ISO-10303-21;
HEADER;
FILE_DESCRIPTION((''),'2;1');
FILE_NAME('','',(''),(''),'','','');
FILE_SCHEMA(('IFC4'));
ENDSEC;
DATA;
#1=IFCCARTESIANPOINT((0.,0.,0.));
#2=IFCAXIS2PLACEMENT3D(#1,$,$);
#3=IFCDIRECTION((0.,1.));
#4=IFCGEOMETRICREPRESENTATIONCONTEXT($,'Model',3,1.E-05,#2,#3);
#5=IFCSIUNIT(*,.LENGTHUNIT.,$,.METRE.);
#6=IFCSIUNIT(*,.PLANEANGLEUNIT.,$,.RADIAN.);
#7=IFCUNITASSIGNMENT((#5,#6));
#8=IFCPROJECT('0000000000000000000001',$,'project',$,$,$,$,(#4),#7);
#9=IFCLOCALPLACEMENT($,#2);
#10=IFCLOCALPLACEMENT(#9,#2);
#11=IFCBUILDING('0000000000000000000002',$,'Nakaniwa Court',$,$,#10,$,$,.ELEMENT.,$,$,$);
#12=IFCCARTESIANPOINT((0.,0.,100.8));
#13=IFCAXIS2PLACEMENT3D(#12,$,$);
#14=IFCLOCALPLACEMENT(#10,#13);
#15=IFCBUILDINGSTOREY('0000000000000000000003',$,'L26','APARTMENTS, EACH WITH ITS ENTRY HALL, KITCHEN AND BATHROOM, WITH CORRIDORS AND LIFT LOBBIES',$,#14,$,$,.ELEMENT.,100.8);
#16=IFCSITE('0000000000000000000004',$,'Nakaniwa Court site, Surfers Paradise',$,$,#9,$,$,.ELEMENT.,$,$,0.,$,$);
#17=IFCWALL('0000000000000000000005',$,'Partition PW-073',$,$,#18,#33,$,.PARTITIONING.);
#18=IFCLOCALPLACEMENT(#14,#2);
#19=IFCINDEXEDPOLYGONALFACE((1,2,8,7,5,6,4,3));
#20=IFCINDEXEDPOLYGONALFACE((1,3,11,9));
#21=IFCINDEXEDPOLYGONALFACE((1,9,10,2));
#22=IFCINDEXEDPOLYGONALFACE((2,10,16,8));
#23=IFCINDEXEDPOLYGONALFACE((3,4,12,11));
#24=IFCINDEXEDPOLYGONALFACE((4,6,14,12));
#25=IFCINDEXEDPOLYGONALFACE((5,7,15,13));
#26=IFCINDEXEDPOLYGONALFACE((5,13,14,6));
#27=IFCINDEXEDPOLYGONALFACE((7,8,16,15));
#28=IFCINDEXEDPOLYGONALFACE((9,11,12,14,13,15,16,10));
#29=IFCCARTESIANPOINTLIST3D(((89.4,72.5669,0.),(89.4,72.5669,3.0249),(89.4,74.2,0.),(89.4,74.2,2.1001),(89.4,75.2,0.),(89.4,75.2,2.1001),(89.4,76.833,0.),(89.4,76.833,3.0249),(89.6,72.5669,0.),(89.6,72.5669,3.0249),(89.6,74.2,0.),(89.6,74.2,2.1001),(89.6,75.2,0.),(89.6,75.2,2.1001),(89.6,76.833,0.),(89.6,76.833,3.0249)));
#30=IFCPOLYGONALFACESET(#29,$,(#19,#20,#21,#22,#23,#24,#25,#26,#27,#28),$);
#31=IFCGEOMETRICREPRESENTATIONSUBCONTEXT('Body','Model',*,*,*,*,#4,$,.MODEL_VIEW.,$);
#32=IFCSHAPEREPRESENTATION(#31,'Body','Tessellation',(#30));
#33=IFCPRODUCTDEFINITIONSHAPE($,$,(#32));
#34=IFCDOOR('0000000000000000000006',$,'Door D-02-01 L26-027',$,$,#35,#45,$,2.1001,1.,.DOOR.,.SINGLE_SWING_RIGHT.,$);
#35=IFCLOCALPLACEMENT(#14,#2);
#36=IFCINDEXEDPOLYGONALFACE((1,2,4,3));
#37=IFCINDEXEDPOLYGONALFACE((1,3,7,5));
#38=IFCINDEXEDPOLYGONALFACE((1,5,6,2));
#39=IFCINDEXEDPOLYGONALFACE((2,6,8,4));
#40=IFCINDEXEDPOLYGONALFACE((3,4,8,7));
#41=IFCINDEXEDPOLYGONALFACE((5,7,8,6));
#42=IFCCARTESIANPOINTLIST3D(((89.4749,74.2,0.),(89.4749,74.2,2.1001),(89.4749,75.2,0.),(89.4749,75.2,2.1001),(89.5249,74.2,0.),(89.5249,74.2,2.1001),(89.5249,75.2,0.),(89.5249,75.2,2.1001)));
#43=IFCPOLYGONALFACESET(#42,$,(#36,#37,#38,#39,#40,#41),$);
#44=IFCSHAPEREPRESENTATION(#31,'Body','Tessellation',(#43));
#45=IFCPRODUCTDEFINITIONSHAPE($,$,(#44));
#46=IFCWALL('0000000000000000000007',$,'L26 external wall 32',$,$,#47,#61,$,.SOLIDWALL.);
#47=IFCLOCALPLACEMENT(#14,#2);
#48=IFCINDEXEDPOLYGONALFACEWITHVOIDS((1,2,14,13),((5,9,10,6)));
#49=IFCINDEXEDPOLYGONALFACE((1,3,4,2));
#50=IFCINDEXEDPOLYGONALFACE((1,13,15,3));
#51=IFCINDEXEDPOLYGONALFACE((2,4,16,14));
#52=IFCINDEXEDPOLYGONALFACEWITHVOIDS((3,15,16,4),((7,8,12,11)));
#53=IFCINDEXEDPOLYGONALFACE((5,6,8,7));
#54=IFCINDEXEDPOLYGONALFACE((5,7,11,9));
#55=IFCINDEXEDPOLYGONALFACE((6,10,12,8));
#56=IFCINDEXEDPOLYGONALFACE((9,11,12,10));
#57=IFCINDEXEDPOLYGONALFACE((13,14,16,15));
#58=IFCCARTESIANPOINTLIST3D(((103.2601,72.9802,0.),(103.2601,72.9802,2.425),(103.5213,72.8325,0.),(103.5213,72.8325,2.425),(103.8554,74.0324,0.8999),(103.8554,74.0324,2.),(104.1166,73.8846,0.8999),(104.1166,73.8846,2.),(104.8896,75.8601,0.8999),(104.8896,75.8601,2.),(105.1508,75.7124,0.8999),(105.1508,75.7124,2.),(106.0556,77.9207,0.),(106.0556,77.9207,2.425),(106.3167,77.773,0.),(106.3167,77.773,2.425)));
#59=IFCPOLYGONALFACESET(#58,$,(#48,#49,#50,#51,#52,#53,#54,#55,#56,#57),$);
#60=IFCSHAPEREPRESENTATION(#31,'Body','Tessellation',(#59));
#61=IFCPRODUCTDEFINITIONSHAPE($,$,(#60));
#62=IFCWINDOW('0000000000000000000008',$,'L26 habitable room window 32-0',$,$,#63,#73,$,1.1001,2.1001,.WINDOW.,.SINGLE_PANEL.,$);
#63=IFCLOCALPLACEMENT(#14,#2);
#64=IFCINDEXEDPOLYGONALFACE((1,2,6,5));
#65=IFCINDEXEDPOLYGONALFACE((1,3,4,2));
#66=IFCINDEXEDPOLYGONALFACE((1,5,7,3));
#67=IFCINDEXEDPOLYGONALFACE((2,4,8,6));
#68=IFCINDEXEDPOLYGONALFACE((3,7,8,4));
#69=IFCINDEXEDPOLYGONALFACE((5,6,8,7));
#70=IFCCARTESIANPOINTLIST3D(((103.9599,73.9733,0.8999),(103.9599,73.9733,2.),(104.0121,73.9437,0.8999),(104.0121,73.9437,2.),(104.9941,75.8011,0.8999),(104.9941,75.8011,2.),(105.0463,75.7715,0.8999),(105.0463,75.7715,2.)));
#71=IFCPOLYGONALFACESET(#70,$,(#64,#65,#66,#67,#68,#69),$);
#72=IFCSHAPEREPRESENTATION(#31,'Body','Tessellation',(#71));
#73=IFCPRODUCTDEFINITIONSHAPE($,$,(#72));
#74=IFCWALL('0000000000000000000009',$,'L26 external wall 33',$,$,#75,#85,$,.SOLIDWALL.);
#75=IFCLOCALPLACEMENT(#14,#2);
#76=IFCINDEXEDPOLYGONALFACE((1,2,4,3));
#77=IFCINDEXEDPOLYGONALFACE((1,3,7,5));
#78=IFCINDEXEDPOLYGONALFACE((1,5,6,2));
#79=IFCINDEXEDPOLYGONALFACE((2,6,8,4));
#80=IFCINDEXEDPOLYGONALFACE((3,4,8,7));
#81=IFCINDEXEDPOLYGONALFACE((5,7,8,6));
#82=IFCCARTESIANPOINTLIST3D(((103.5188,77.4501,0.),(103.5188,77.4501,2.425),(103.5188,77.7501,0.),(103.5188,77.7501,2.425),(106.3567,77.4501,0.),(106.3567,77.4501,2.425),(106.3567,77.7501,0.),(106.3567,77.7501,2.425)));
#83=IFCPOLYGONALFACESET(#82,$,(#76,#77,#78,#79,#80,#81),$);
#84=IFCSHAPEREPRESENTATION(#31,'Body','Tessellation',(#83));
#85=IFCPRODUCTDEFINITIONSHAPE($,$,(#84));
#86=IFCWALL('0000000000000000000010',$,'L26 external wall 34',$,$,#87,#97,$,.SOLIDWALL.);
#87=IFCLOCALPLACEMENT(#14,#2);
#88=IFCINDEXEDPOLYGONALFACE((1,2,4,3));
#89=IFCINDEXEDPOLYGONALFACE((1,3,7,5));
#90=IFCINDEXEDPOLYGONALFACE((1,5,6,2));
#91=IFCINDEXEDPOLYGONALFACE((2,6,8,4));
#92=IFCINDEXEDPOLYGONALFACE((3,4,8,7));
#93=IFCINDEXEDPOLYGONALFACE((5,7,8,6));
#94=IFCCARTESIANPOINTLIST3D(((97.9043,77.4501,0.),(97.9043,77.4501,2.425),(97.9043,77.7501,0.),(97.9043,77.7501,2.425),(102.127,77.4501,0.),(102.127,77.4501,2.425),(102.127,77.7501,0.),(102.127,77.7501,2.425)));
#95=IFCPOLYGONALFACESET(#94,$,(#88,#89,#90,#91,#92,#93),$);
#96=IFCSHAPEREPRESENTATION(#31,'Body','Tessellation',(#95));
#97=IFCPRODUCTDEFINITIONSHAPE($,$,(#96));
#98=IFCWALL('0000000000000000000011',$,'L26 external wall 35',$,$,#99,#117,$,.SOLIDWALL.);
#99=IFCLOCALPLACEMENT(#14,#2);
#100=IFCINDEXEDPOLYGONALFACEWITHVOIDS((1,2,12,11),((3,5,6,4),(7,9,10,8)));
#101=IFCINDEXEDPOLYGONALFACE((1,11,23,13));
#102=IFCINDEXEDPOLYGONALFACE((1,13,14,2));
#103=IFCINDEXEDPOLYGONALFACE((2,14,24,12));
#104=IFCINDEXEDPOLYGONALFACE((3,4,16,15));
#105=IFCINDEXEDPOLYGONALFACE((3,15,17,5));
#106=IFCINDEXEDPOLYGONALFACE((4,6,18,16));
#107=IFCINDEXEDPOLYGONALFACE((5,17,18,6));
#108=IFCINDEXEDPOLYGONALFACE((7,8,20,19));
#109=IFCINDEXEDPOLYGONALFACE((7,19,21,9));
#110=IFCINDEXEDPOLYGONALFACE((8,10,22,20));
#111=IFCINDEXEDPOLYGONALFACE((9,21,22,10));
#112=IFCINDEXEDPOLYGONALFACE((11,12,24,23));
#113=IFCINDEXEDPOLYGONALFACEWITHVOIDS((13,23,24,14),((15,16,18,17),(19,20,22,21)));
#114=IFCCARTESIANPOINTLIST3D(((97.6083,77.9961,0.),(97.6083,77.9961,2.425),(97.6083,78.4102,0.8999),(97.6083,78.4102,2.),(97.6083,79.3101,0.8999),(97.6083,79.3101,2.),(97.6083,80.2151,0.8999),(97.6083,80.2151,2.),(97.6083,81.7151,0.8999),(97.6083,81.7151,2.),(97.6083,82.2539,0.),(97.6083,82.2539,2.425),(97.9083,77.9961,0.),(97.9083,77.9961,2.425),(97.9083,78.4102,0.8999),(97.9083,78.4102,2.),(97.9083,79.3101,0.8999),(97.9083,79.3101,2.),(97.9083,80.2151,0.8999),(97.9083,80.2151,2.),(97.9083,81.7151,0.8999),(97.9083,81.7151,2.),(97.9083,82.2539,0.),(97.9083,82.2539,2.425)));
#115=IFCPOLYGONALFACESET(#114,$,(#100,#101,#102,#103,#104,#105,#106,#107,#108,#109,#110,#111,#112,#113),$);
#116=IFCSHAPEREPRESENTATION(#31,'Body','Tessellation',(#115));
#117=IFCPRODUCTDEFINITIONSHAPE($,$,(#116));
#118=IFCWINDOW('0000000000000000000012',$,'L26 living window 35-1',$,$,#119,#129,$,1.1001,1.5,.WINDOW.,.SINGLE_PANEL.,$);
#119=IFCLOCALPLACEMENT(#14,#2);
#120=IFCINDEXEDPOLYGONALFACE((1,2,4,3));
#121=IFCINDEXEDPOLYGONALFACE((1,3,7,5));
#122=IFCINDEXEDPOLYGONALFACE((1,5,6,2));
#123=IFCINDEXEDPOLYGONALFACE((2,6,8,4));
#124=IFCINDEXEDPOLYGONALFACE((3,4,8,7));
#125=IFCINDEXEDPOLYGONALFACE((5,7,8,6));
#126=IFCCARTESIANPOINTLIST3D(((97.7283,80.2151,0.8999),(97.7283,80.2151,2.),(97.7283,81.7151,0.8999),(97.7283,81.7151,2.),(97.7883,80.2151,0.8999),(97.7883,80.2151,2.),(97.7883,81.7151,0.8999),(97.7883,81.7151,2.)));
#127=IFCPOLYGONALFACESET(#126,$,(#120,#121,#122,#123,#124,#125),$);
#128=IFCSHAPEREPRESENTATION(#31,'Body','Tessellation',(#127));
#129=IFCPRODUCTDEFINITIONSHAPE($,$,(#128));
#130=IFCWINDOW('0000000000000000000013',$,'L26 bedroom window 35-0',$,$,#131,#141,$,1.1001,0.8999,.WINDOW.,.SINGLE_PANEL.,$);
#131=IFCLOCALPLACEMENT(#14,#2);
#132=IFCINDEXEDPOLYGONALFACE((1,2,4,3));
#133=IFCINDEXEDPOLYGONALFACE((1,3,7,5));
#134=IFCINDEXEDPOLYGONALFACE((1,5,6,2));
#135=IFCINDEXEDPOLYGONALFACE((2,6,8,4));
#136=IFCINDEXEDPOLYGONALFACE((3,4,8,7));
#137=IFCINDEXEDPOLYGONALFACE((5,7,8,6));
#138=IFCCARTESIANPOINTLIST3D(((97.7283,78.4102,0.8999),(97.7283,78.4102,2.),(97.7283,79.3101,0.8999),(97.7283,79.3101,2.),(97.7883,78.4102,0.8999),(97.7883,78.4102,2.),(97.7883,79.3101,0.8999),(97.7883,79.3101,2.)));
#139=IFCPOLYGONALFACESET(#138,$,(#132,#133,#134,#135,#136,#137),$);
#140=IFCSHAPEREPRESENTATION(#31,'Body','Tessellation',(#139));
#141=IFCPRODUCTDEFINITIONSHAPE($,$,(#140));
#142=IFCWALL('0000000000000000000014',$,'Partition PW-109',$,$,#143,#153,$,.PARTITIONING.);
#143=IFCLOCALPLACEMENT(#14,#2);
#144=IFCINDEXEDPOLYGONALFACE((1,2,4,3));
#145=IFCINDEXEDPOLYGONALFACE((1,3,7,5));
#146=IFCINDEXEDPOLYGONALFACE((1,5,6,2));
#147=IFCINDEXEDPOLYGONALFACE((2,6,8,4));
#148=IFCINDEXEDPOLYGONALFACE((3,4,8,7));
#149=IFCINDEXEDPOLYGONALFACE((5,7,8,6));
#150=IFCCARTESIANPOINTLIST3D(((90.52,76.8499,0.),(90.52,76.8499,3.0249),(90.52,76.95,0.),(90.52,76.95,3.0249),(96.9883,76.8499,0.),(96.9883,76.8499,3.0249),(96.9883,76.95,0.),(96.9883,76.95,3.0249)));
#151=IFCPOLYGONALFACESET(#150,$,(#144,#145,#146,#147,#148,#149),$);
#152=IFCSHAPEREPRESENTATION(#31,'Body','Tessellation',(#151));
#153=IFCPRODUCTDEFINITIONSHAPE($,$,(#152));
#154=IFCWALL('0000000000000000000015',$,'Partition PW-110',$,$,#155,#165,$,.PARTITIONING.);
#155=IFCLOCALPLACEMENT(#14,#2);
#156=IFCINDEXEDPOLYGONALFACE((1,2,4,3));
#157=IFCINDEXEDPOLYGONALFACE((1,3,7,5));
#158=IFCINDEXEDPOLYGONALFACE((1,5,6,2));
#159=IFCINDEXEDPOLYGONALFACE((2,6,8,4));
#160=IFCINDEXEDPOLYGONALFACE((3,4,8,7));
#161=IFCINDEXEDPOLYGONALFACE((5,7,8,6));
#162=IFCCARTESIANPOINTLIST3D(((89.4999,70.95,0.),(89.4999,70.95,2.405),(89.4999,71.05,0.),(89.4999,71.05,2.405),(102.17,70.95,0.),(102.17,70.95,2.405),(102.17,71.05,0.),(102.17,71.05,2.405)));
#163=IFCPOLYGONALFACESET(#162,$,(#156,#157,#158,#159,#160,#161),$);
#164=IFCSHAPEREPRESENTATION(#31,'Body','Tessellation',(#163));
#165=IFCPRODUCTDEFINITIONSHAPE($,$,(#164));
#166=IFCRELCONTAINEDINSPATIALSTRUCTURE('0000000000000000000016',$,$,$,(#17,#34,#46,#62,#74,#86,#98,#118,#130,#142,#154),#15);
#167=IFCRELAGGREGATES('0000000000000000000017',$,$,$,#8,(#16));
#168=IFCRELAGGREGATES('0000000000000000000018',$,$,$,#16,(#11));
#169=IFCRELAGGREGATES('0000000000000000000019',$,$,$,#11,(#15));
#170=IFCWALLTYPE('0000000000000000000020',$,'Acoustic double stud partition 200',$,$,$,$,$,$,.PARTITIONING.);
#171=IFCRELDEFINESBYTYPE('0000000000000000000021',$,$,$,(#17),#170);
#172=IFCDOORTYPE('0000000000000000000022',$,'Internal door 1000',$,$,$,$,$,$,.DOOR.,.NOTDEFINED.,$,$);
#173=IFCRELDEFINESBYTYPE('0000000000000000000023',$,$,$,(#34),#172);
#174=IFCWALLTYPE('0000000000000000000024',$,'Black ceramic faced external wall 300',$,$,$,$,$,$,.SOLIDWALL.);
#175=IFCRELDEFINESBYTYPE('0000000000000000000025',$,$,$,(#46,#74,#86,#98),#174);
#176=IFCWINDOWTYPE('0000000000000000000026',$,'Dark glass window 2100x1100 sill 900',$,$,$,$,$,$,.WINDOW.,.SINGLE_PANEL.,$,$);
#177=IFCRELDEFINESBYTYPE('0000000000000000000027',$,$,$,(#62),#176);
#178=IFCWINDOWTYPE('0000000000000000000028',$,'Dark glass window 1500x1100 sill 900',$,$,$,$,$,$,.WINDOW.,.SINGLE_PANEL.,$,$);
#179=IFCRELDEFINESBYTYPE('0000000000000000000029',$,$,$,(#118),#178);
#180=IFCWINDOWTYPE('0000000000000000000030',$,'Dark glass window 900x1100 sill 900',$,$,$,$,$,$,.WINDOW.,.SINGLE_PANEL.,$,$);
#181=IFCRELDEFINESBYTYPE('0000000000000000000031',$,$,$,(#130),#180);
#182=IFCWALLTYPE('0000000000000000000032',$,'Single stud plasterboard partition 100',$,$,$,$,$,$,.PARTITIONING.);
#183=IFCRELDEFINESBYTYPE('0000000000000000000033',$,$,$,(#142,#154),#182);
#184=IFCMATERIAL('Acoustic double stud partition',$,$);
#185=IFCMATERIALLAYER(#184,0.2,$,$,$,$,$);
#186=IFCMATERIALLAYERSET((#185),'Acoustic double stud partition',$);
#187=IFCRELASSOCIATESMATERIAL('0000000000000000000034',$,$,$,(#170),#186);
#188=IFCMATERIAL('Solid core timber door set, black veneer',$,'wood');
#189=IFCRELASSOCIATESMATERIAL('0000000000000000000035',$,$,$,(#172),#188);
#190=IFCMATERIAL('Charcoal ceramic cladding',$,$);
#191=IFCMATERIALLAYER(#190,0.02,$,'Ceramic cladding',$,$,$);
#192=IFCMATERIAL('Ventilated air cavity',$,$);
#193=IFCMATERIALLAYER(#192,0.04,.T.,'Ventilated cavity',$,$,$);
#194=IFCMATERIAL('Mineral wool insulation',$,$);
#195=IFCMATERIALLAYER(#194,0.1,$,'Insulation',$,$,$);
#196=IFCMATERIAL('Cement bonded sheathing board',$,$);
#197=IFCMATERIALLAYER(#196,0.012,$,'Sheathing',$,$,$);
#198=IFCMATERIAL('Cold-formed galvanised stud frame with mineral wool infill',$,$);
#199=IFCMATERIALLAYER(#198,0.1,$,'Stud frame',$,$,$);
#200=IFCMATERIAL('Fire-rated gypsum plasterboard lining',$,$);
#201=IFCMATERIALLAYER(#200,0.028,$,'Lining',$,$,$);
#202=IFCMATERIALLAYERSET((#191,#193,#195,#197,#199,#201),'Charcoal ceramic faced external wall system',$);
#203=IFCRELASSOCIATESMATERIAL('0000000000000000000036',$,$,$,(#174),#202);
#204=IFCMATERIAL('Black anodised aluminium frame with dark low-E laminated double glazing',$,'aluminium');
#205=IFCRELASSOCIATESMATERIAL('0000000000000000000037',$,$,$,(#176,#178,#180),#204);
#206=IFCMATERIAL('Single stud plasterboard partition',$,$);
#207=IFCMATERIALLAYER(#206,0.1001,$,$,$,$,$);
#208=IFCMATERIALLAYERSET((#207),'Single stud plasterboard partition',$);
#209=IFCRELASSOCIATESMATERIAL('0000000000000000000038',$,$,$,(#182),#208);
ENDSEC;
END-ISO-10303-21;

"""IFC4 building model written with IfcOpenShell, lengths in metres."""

from ifc_helpers import new_model, si_unit, direction, frame, frame_2d, origin, place, context, subcontext, project, spatial, rectangle, extrude, material, layer, layer_set, type_object, element, fill, save


model = new_model("IFC4")

# Units and contexts
model_context = context("Model", 3, precision=1e-05, world=origin(), true_north=direction((0.0, 1.0)))
body_context = subcontext(model_context, "Body", "Model", "MODEL_VIEW")
ifc_project = project(units=[si_unit("LENGTHUNIT", "METRE"), si_unit("PLANEANGLEUNIT", "RADIAN")], contexts=[model_context])

# Site, building, storey
site_placement = place(None, origin())
site = spatial("IfcSite", under=ifc_project, at=site_placement, Name="Nakaniwa Court site, Surfers Paradise", CompositionType="ELEMENT", RefElevation=0.0)
building_placement = place(site_placement, origin())
building = spatial("IfcBuilding", under=site, at=building_placement, Name="Nakaniwa Court", CompositionType="ELEMENT")
storey_placement = place(building_placement, frame((0.0, 0.0, 100.8)))
storey = spatial("IfcBuildingStorey", under=building, at=storey_placement, Name="L26", Description="APARTMENTS, EACH WITH ITS ENTRY HALL, KITCHEN AND BATHROOM, WITH CORRIDORS AND LIFT LOBBIES", CompositionType="ELEMENT", Elevation=100.8)

# Wall, opening, door
ifc_material_1 = material(Name="Acoustic double stud partition")
ifc_layer_1 = layer(ifc_material_1, 0.2)
ifc_layer_set_1 = layer_set([ifc_layer_1], Name="Acoustic double stud partition")
wall_type_1 = type_object("IfcWallType", Name="Acoustic double stud partition 200", PredefinedType="PARTITIONING", material=ifc_layer_set_1)
ifc_material_2 = material(Name="Solid core timber door set, black veneer", Category="wood")
door_type_1 = type_object("IfcDoorType", Name="Internal door 1000", OperationType="NOTDEFINED", PredefinedType="DOOR", material=ifc_material_2)
wall_1_placement = place(storey_placement, frame((89.5, 76.833, 0.0), z_axis=(0.0, 0.0, 1.0), x_axis=(0.0, -1.0, 0.0)))
wall_1 = element("IfcWall", 1, at=wall_1_placement, inside=storey, type_object=wall_type_1, Name="Partition PW-073", PredefinedType="PARTITIONING", context=body_context, shape_type="SweptSolid", body=[
    extrude(rectangle(XDim=4.2661, YDim=0.2, at=frame_2d((2.1331, 0.0))), origin(), (0.0, 0.0, 1.0), 3.0249),
])
opening_1_placement = place(wall_1_placement, frame((1.6331, 0.0, 0.0)))
opening_1 = element("IfcOpeningElement", 2, at=opening_1_placement, cuts=wall_1, PredefinedType="OPENING", context=body_context, shape_type="SweptSolid", body=[
    extrude(rectangle(XDim=1.0, YDim=2.1001, at=frame_2d((0.5, 1.05))), frame((0.0, 0.1099, 0.0), z_axis=(0.0, -1.0, 0.0), x_axis=(1.0, 0.0, 0.0)), (0.0, 0.0, 1.0), 0.22),
])
door_1_placement = place(opening_1_placement, origin())
door_1 = element("IfcDoor", 3, at=door_1_placement, inside=storey, type_object=door_type_1, Name="Door D-02-01 L26-027", OperationType="SINGLE_SWING_RIGHT", OverallHeight=2.1001, OverallWidth=1.0, PredefinedType="DOOR", context=body_context, shape_type="SweptSolid", body=[
    extrude(rectangle(XDim=1.0, YDim=2.1001, at=frame_2d((0.5, 1.05))), frame((0.0, 0.0249, 0.0), z_axis=(0.0, -1.0, 0.0), x_axis=(1.0, 0.0, 0.0)), (0.0, 0.0, 1.0), 0.05),
])
fill(opening_1, door_1)

# Wall, opening, window
ifc_material_3 = material(Name="Charcoal ceramic cladding")
ifc_layer_2 = layer(ifc_material_3, 0.02, Name="Ceramic cladding")
ifc_material_4 = material(Name="Ventilated air cavity")
ifc_layer_3 = layer(ifc_material_4, 0.04, ventilated=True, Name="Ventilated cavity")
ifc_material_5 = material(Name="Mineral wool insulation")
ifc_layer_4 = layer(ifc_material_5, 0.1, Name="Insulation")
ifc_material_6 = material(Name="Cement bonded sheathing board")
ifc_layer_5 = layer(ifc_material_6, 0.012, Name="Sheathing")
ifc_material_7 = material(Name="Cold-formed galvanised stud frame with mineral wool infill")
ifc_layer_6 = layer(ifc_material_7, 0.1, Name="Stud frame")
ifc_material_8 = material(Name="Fire-rated gypsum plasterboard lining")
ifc_layer_7 = layer(ifc_material_8, 0.028, Name="Lining")
ifc_layer_set_2 = layer_set([ifc_layer_2, ifc_layer_3, ifc_layer_4, ifc_layer_5, ifc_layer_6, ifc_layer_7], Name="Charcoal ceramic faced external wall system")
wall_type_2 = type_object("IfcWallType", Name="Black ceramic faced external wall 300", PredefinedType="SOLIDWALL", material=ifc_layer_set_2)
wall_2_placement = place(storey_placement, frame((103.3906, 72.9062, 0.0), z_axis=(0.0, 0.0, 1.0), x_axis=(0.492457, 0.870337, 0.0)))
wall_2 = element("IfcWall", 4, at=wall_2_placement, inside=storey, type_object=wall_type_2, Name="L26 external wall 32", PredefinedType="SOLIDWALL", context=body_context, shape_type="SweptSolid", body=[
    extrude(rectangle(XDim=5.6765, YDim=0.3, at=frame_2d((2.8384, 0.0))), origin(), (0.0, 0.0, 1.0), 2.425),
])
opening_2_placement = place(wall_2_placement, frame((1.209, 0.0, 0.8999)))
opening_2 = element("IfcOpeningElement", 5, at=opening_2_placement, cuts=wall_2, PredefinedType="OPENING", context=body_context, shape_type="SweptSolid", body=[
    extrude(rectangle(XDim=2.1001, YDim=1.1001, at=frame_2d((1.05, 0.55))), frame((0.0, 0.1599, 0.0), z_axis=(0.0, -1.0, 0.0), x_axis=(1.0, 0.0, 0.0)), (0.0, 0.0, 1.0), 0.3201),
])
ifc_material_9 = material(Name="Black anodised aluminium frame with dark low-E laminated double glazing", Category="aluminium")
window_type_1 = type_object("IfcWindowType", Name="Dark glass window 2100x1100 sill 900", PartitioningType="SINGLE_PANEL", PredefinedType="WINDOW", material=ifc_material_9)
window_1_placement = place(opening_2_placement, origin())
window_1 = element("IfcWindow", 6, at=window_1_placement, inside=storey, type_object=window_type_1, Name="L26 habitable room window 32-0", OverallHeight=1.1001, OverallWidth=2.1001, PartitioningType="SINGLE_PANEL", PredefinedType="WINDOW", context=body_context, shape_type="SweptSolid", body=[
    extrude(rectangle(XDim=2.1001, YDim=1.1001, at=frame_2d((1.05, 0.55))), frame((0.0, 0.03, 0.0), z_axis=(0.0, -1.0, 0.0), x_axis=(1.0, 0.0, 0.0)), (0.0, 0.0, 1.0), 0.0601),
])
fill(opening_2, window_1)

# Walls
wall_3_placement = place(storey_placement, frame((106.3567, 77.6001, 0.0), z_axis=(0.0, 0.0, 1.0), x_axis=(-1.0, 0.0, 0.0)))
element("IfcWall", 7, at=wall_3_placement, inside=storey, type_object=wall_type_2, Name="L26 external wall 33", PredefinedType="SOLIDWALL", context=body_context, shape_type="SweptSolid", body=[
    extrude(rectangle(XDim=2.8379, YDim=0.3, at=frame_2d((1.4189, 0.0))), origin(), (0.0, 0.0, 1.0), 2.425),
])
wall_4_placement = place(storey_placement, frame((102.127, 77.6001, 0.0), z_axis=(0.0, 0.0, 1.0), x_axis=(-1.0, 0.0, 0.0)))
element("IfcWall", 8, at=wall_4_placement, inside=storey, type_object=wall_type_2, Name="L26 external wall 34", PredefinedType="SOLIDWALL", context=body_context, shape_type="SweptSolid", body=[
    extrude(rectangle(XDim=4.2227, YDim=0.3, at=frame_2d((2.1113, 0.0))), origin(), (0.0, 0.0, 1.0), 2.425),
])

# Wall, openings, windows
wall_5_placement = place(storey_placement, frame((97.7583, 77.9961, 0.0), z_axis=(0.0, 0.0, 1.0), x_axis=(0.0, 1.0, 0.0)))
wall_5 = element("IfcWall", 9, at=wall_5_placement, inside=storey, type_object=wall_type_2, Name="L26 external wall 35", PredefinedType="SOLIDWALL", context=body_context, shape_type="SweptSolid", body=[
    extrude(rectangle(XDim=4.2578, YDim=0.3, at=frame_2d((2.1289, 0.0))), origin(), (0.0, 0.0, 1.0), 2.425),
])
opening_3_placement = place(wall_5_placement, frame((0.4141, 0.0, 0.8999)))
opening_3 = element("IfcOpeningElement", 10, at=opening_3_placement, cuts=wall_5, PredefinedType="OPENING", context=body_context, shape_type="SweptSolid", body=[
    extrude(rectangle(XDim=0.8999, YDim=1.1001, at=frame_2d((0.45, 0.55))), frame((0.0, 0.1599, 0.0), z_axis=(0.0, -1.0, 0.0), x_axis=(1.0, 0.0, 0.0)), (0.0, 0.0, 1.0), 0.3201),
])
opening_4_placement = place(wall_5_placement, frame((2.219, 0.0, 0.8999)))
opening_4 = element("IfcOpeningElement", 11, at=opening_4_placement, cuts=wall_5, PredefinedType="OPENING", context=body_context, shape_type="SweptSolid", body=[
    extrude(rectangle(XDim=1.5, YDim=1.1001, at=frame_2d((0.75, 0.55))), frame((0.0, 0.1599, 0.0), z_axis=(0.0, -1.0, 0.0), x_axis=(1.0, 0.0, 0.0)), (0.0, 0.0, 1.0), 0.3201),
])
window_type_2 = type_object("IfcWindowType", Name="Dark glass window 1500x1100 sill 900", PartitioningType="SINGLE_PANEL", PredefinedType="WINDOW", material=ifc_material_9)
window_2_placement = place(opening_4_placement, origin())
window_2 = element("IfcWindow", 12, at=window_2_placement, inside=storey, type_object=window_type_2, Name="L26 living window 35-1", OverallHeight=1.1001, OverallWidth=1.5, PartitioningType="SINGLE_PANEL", PredefinedType="WINDOW", context=body_context, shape_type="SweptSolid", body=[
    extrude(rectangle(XDim=1.5, YDim=1.1001, at=frame_2d((0.75, 0.55))), frame((0.0, 0.03, 0.0), z_axis=(0.0, -1.0, 0.0), x_axis=(1.0, 0.0, 0.0)), (0.0, 0.0, 1.0), 0.0601),
])
fill(opening_4, window_2)
window_type_3 = type_object("IfcWindowType", Name="Dark glass window 900x1100 sill 900", PartitioningType="SINGLE_PANEL", PredefinedType="WINDOW", material=ifc_material_9)
window_3_placement = place(opening_3_placement, origin())
window_3 = element("IfcWindow", 13, at=window_3_placement, inside=storey, type_object=window_type_3, Name="L26 bedroom window 35-0", OverallHeight=1.1001, OverallWidth=0.8999, PartitioningType="SINGLE_PANEL", PredefinedType="WINDOW", context=body_context, shape_type="SweptSolid", body=[
    extrude(rectangle(XDim=0.8999, YDim=1.1001, at=frame_2d((0.45, 0.55))), frame((0.0, 0.03, 0.0), z_axis=(0.0, -1.0, 0.0), x_axis=(1.0, 0.0, 0.0)), (0.0, 0.0, 1.0), 0.0601),
])
fill(opening_3, window_3)

# Walls
ifc_material_10 = material(Name="Single stud plasterboard partition")
ifc_layer_8 = layer(ifc_material_10, 0.1001)
ifc_layer_set_3 = layer_set([ifc_layer_8], Name="Single stud plasterboard partition")
wall_type_3 = type_object("IfcWallType", Name="Single stud plasterboard partition 100", PredefinedType="PARTITIONING", material=ifc_layer_set_3)
wall_6_placement = place(storey_placement, frame((90.52, 76.8999, 0.0), z_axis=(0.0, 0.0, 1.0), x_axis=(1.0, 0.0, 0.0)))
element("IfcWall", 14, at=wall_6_placement, inside=storey, type_object=wall_type_3, Name="Partition PW-109", PredefinedType="PARTITIONING", context=body_context, shape_type="SweptSolid", body=[
    extrude(rectangle(XDim=6.4683, YDim=0.1001, at=frame_2d((3.2341, 0.0))), origin(), (0.0, 0.0, 1.0), 3.0249),
])
wall_7_placement = place(storey_placement, frame((89.5, 71.0, 0.0), z_axis=(0.0, 0.0, 1.0), x_axis=(1.0, 0.0, 0.0)))
element("IfcWall", 15, at=wall_7_placement, inside=storey, type_object=wall_type_3, Name="Partition PW-110", PredefinedType="PARTITIONING", context=body_context, shape_type="SweptSolid", body=[
    extrude(rectangle(XDim=12.6702, YDim=0.1001, at=frame_2d((6.335, 0.0))), origin(), (0.0, 0.0, 1.0), 2.405),
])

save(model, "model.ifc")
